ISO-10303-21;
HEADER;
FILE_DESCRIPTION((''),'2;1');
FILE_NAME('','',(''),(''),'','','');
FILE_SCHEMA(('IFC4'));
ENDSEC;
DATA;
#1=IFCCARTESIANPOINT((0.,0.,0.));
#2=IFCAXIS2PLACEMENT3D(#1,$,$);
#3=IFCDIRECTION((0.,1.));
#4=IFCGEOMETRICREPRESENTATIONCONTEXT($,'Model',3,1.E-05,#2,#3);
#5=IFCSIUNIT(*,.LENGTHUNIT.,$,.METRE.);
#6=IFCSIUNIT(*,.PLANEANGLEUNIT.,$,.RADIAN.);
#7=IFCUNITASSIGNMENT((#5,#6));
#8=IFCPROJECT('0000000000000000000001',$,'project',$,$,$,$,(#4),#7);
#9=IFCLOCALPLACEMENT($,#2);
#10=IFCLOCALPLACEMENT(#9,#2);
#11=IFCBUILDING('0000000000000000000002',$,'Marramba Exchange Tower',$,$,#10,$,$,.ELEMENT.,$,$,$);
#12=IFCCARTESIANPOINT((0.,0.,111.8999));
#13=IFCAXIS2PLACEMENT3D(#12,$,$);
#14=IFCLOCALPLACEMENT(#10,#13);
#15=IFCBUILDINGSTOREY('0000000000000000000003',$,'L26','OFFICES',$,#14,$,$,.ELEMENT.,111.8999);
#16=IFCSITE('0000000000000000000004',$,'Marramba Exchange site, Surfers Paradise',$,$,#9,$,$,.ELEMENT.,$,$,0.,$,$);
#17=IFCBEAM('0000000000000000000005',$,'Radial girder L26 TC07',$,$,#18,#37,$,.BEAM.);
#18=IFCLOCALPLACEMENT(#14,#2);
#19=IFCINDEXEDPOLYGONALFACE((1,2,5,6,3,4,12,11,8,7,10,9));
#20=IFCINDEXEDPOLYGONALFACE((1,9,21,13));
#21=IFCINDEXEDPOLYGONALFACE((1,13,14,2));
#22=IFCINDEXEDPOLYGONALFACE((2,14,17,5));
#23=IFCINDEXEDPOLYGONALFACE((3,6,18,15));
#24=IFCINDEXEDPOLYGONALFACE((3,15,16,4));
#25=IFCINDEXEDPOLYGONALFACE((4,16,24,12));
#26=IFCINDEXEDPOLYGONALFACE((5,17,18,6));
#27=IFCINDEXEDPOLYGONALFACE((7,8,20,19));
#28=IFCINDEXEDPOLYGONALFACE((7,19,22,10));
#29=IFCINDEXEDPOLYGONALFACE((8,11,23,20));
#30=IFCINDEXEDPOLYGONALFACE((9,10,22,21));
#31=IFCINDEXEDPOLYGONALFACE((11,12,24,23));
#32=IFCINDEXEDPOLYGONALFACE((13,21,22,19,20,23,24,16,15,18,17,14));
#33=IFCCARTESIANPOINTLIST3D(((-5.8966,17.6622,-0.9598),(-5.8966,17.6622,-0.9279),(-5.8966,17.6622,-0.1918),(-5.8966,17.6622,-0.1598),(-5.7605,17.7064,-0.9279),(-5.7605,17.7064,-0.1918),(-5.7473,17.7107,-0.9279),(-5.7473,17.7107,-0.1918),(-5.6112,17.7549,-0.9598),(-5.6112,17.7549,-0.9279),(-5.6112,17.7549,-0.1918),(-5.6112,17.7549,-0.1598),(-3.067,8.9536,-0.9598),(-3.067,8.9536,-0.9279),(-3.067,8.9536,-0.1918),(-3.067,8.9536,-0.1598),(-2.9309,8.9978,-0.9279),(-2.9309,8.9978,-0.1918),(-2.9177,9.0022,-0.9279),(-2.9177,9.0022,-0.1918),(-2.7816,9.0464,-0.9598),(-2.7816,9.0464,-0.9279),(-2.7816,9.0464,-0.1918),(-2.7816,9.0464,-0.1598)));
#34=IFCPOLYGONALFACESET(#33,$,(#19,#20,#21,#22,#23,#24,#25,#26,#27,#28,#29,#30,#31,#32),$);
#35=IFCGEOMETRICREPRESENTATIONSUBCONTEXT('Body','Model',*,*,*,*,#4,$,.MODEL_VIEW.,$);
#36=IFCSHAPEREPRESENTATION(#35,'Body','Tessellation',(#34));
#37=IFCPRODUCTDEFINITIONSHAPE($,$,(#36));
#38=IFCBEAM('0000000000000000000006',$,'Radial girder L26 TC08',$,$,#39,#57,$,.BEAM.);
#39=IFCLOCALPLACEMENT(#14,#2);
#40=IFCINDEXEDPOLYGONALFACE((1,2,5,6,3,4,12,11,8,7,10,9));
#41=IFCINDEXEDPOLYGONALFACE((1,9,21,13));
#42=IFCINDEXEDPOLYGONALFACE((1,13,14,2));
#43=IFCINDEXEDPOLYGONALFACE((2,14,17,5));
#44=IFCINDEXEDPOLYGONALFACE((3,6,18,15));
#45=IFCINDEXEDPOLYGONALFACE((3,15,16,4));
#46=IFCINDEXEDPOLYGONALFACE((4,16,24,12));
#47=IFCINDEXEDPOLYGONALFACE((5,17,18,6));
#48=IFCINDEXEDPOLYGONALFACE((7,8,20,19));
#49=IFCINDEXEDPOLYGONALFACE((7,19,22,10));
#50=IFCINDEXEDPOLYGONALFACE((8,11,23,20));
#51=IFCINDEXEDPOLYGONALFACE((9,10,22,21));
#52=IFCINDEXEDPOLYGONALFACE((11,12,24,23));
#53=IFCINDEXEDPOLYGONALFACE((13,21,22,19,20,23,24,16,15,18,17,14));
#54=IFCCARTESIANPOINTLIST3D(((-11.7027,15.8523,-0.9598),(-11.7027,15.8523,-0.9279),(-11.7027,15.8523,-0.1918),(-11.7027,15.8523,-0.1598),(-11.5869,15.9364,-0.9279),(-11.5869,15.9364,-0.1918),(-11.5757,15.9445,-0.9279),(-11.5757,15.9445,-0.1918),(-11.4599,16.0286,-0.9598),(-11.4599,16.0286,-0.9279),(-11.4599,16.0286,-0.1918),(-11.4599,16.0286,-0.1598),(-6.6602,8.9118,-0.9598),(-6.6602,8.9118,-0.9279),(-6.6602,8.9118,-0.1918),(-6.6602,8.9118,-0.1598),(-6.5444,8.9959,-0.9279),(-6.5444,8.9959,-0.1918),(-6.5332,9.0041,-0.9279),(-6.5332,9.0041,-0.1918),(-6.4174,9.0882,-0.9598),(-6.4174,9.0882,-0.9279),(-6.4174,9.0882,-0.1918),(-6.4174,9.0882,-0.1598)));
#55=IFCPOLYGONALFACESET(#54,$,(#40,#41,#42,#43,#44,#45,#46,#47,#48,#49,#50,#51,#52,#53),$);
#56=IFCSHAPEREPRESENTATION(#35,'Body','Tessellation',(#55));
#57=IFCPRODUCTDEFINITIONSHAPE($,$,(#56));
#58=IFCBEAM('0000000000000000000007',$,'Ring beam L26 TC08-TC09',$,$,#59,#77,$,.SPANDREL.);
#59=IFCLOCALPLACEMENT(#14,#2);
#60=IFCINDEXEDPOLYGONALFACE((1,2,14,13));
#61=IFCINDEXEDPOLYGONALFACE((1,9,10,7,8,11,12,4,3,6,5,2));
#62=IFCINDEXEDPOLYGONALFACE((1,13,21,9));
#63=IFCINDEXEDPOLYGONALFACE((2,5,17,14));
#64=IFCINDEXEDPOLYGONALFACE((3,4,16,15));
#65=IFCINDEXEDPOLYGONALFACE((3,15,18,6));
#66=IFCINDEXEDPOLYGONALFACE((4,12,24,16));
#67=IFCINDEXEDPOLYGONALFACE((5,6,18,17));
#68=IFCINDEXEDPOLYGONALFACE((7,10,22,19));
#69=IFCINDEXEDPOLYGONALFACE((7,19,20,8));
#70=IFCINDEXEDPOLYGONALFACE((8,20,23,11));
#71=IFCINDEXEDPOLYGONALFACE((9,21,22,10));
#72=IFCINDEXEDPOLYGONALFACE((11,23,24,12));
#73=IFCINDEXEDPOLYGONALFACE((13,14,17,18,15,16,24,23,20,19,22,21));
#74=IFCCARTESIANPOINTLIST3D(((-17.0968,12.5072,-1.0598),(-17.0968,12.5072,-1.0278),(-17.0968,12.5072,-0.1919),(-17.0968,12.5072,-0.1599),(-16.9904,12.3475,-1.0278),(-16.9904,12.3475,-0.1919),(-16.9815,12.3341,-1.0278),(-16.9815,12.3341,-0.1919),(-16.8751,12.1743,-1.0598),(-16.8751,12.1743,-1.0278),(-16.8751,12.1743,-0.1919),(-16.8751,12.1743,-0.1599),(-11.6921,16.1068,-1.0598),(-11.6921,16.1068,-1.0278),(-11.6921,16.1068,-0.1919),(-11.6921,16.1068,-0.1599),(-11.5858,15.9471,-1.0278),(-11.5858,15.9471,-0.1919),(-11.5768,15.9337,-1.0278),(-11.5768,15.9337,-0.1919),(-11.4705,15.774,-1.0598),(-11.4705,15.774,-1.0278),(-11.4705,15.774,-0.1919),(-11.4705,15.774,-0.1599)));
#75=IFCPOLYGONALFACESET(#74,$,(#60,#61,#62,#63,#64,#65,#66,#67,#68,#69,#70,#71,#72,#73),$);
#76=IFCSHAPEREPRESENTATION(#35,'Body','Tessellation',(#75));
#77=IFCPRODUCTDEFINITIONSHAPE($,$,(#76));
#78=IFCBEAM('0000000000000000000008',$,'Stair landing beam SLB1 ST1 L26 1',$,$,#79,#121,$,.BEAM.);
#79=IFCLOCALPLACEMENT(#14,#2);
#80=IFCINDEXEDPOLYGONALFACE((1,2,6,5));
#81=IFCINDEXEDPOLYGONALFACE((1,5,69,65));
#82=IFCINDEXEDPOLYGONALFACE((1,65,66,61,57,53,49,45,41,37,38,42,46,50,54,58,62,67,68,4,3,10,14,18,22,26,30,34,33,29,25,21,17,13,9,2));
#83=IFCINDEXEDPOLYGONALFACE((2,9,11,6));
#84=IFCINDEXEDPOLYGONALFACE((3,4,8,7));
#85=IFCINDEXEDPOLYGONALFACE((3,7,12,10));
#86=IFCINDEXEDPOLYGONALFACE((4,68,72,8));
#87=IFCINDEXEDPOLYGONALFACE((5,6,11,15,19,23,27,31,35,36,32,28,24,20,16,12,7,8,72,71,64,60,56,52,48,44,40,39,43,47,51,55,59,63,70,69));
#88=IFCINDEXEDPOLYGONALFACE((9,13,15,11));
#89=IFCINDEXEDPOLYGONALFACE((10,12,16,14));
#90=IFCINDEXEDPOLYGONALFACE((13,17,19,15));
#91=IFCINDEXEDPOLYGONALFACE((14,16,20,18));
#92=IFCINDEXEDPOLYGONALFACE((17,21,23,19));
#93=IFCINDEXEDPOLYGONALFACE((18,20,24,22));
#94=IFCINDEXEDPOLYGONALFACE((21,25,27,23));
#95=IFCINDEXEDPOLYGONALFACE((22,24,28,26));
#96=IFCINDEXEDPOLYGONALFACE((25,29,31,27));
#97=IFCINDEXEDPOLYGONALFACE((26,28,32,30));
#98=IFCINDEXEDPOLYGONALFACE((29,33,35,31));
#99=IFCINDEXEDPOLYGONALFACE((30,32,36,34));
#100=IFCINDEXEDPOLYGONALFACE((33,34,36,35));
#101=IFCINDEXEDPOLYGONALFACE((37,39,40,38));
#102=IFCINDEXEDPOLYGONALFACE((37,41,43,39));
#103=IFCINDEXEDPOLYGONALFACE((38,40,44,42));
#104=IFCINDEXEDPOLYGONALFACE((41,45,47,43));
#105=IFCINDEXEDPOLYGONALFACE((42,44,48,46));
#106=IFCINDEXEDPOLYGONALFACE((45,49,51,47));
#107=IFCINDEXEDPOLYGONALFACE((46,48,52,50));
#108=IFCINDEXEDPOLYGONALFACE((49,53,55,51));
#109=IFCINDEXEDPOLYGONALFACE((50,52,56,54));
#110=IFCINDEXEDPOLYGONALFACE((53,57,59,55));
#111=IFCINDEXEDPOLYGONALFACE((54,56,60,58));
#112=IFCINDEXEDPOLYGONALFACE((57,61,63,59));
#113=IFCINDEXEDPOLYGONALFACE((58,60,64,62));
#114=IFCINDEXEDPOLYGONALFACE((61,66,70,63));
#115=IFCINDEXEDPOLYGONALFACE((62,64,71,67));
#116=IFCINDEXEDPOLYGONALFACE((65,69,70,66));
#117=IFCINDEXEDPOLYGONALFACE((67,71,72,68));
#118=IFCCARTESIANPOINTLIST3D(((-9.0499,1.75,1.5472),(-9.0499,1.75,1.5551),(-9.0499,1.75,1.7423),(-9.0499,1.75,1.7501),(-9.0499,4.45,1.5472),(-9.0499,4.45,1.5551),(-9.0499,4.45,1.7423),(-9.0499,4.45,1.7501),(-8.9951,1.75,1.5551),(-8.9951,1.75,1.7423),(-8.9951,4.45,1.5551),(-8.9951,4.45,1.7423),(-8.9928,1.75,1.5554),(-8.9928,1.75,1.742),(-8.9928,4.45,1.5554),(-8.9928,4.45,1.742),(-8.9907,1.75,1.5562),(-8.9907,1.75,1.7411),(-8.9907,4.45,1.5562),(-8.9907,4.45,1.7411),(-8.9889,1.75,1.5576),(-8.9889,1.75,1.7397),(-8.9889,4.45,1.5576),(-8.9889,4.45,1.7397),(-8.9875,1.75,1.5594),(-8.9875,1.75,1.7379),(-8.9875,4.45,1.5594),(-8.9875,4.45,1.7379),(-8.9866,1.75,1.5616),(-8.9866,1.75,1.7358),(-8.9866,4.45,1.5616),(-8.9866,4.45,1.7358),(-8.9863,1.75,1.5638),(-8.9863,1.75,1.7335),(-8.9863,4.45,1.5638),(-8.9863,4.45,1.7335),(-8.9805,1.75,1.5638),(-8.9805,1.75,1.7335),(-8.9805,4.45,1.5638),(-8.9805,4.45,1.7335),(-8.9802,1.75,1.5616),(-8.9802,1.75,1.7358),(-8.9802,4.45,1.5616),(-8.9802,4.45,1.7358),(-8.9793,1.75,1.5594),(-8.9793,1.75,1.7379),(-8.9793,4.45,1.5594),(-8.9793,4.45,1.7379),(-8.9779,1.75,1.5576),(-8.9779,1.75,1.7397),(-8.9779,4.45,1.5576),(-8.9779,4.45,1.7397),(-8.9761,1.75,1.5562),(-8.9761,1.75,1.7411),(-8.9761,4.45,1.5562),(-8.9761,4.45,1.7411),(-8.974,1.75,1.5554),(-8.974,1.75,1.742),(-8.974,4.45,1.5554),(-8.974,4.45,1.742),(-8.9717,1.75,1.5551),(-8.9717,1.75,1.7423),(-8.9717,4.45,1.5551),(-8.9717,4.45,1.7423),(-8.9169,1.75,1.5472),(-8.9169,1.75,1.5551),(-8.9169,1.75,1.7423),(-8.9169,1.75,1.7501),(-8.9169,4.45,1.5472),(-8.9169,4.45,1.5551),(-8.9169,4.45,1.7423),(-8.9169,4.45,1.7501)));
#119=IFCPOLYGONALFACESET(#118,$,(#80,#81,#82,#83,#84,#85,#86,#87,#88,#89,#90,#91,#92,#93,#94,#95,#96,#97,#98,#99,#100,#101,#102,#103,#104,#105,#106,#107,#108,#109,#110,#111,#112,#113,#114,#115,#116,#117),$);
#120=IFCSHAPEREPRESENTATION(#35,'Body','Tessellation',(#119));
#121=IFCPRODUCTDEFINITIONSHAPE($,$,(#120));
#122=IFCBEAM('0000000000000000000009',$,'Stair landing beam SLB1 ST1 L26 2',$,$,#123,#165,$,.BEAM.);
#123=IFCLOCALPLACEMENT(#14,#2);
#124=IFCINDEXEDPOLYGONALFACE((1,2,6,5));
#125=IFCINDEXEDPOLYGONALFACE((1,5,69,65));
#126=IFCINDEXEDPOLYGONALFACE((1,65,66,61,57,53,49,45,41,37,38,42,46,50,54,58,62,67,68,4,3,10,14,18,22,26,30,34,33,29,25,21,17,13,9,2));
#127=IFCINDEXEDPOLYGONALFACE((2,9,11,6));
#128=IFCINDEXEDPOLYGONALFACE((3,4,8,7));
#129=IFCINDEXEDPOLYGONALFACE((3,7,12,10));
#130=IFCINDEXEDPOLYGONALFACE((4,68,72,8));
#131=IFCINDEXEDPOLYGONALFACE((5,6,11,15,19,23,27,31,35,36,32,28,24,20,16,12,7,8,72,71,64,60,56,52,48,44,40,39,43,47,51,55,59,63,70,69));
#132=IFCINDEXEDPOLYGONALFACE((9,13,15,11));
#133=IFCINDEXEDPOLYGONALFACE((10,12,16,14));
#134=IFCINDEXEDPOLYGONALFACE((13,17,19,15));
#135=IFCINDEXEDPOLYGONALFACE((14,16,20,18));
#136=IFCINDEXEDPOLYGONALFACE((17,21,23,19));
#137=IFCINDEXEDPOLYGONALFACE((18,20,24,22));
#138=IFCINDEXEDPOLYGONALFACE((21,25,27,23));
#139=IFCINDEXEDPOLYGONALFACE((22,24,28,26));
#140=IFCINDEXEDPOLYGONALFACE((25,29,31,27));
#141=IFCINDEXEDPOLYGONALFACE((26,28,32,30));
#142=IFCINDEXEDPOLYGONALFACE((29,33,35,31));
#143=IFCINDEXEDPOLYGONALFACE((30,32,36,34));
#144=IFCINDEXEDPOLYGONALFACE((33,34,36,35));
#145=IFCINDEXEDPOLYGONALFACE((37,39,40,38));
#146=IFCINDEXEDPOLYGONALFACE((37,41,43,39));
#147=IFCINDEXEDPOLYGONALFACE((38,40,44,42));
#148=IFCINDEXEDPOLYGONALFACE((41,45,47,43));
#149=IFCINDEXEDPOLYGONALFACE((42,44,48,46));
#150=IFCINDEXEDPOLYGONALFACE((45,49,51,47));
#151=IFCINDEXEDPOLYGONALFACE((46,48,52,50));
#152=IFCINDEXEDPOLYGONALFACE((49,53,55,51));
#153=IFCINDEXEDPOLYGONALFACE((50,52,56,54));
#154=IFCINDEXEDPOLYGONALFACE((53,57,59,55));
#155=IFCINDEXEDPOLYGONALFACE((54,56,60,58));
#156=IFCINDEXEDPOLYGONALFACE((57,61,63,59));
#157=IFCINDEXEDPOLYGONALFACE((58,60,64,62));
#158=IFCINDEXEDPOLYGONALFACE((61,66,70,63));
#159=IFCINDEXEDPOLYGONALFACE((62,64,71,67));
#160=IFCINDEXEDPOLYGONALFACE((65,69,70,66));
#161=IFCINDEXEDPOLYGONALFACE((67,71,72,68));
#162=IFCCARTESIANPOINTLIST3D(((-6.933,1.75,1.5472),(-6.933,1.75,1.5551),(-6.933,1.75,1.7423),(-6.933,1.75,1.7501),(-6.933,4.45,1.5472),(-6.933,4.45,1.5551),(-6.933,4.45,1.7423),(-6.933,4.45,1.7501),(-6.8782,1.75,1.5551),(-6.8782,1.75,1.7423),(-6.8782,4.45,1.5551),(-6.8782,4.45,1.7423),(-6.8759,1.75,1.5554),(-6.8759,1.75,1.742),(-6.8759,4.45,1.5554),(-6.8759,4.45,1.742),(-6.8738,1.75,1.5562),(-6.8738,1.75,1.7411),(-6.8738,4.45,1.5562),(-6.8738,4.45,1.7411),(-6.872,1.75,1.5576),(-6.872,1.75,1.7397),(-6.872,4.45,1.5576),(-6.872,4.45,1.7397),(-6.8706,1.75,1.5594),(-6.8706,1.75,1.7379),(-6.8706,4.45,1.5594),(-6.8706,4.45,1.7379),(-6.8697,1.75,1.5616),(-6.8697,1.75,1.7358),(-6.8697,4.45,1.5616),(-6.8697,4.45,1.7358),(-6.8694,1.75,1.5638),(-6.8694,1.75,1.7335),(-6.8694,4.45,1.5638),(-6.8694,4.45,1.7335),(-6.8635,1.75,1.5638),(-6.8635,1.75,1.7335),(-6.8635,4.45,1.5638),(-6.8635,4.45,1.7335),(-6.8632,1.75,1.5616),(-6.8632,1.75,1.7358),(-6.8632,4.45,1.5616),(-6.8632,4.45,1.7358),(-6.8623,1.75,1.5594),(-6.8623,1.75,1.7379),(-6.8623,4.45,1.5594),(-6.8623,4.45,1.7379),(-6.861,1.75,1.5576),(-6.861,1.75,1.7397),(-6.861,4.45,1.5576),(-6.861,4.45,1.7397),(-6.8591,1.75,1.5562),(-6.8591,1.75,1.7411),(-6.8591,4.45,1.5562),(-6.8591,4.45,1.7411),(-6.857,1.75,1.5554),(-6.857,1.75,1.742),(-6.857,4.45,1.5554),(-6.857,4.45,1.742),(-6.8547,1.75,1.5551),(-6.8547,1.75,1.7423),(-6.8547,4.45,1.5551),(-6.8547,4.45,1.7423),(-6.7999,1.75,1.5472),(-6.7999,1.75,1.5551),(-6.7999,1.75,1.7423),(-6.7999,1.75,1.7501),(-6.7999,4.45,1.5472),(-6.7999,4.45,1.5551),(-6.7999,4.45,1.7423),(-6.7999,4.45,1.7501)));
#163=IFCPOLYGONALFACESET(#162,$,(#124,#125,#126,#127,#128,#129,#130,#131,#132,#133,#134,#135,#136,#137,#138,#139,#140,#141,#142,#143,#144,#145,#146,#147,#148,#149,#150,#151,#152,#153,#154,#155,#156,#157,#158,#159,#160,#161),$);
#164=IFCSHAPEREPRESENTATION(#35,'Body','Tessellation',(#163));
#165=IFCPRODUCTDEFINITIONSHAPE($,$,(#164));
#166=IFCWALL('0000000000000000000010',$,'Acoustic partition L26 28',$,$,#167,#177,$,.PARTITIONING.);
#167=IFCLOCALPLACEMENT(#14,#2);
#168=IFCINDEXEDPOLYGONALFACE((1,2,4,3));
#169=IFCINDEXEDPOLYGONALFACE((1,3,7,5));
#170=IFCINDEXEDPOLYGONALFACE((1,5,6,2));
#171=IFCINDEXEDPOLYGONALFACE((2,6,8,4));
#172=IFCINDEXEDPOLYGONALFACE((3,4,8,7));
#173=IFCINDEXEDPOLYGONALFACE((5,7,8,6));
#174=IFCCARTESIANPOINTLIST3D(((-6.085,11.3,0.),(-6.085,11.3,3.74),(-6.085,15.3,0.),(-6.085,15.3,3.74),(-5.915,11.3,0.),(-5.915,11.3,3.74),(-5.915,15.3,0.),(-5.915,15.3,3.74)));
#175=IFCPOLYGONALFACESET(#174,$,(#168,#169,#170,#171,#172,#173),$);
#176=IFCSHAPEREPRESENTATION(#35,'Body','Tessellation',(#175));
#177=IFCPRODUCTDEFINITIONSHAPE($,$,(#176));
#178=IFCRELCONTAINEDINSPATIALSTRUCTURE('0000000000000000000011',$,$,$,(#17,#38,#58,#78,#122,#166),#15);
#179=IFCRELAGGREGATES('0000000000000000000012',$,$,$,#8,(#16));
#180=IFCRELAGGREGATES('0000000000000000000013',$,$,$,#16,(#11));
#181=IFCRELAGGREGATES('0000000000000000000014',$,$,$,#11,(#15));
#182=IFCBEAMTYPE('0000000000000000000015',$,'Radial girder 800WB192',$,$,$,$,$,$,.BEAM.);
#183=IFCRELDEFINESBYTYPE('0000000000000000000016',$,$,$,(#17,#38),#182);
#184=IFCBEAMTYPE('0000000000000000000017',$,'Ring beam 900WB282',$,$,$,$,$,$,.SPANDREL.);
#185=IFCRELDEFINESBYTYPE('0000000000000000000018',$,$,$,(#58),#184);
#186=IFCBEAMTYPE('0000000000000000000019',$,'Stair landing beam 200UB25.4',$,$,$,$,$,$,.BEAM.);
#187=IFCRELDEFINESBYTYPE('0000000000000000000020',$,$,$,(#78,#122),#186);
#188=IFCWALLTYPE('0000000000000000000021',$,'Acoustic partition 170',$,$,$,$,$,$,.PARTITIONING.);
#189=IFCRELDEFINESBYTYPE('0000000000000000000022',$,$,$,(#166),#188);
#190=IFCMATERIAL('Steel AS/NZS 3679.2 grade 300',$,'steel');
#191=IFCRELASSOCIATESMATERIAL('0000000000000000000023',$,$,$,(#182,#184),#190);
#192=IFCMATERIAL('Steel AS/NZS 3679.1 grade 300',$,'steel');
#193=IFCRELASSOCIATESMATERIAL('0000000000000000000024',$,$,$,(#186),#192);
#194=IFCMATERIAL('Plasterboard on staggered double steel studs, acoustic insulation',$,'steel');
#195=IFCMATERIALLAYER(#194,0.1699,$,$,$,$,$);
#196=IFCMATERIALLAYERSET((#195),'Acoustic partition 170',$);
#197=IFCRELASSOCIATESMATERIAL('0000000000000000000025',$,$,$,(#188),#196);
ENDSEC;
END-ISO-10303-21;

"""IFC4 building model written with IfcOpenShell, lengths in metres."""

from ifc_helpers import new_model, si_unit, direction, frame, frame_2d, origin, origin_2d, place, context, subcontext, project, spatial, rectangle, i_section, extrude, material, layer, layer_set, material_profile, profile_set, type_object, element, save


model = new_model("IFC4")

# Units and contexts
model_context = context("Model", 3, precision=1e-05, world=origin(), true_north=direction((0.0, 1.0)))
body_context = subcontext(model_context, "Body", "Model", "MODEL_VIEW")
ifc_project = project(units=[si_unit("LENGTHUNIT", "METRE"), si_unit("PLANEANGLEUNIT", "RADIAN")], contexts=[model_context])

# Site, building, storey
site_placement = place(None, origin())
site = spatial("IfcSite", under=ifc_project, at=site_placement, Name="Marramba Exchange site, Surfers Paradise", CompositionType="ELEMENT", RefElevation=0.0)
building_placement = place(site_placement, origin())
building = spatial("IfcBuilding", under=site, at=building_placement, Name="Marramba Exchange Tower", CompositionType="ELEMENT")
storey_placement = place(building_placement, frame((0.0, 0.0, 111.8999)))
storey = spatial("IfcBuildingStorey", under=building, at=storey_placement, Name="L26", Description="OFFICES", CompositionType="ELEMENT", Elevation=111.8999)

# Beams
ifc_material_1 = material(Name="Steel AS/NZS 3679.1 grade 300", Category="steel")
ifc_material_2 = material(Name="Steel AS/NZS 3679.2 grade 300", Category="steel")
ifc_material_profile_1 = material_profile(ifc_material_2, i_section(OverallWidth=0.3, OverallDepth=0.8, WebThickness=0.0139, FlangeThickness=0.032, at=origin_2d()), Name="800WB192")
ifc_profile_set_1 = profile_set([ifc_material_profile_1], Name="Steel AS/NZS 3679.2 grade 300")
beam_type_1 = type_object("IfcBeamType", Name="Radial girder 800WB192", PredefinedType="BEAM", material=ifc_profile_set_1)
beam_1_placement = place(storey_placement, frame((-2.9243, 9.0, -0.5598), z_axis=(-0.30902, 0.951056, 0.0), x_axis=(-0.951056, -0.30902, 0.0)))
element("IfcBeam", 1, at=beam_1_placement, inside=storey, type_object=beam_type_1, Name="Radial girder L26 TC07", PredefinedType="BEAM", context=body_context, shape_type="SweptSolid", body=[
    extrude(i_section(OverallWidth=0.3, OverallDepth=0.8, WebThickness=0.0139, FlangeThickness=0.032, at=origin_2d()), origin(), (0.0, 0.0, 1.0), 9.1567),
])
beam_2_placement = place(storey_placement, frame((-6.5388, 9.0, -0.5598), z_axis=(-0.587782, 0.809019, 0.0), x_axis=(-0.809019, -0.587782, 0.0)))
element("IfcBeam", 2, at=beam_2_placement, inside=storey, type_object=beam_type_1, Name="Radial girder L26 TC08", PredefinedType="BEAM", context=body_context, shape_type="SweptSolid", body=[
    extrude(i_section(OverallWidth=0.3, OverallDepth=0.8, WebThickness=0.0139, FlangeThickness=0.032, at=origin_2d()), origin(), (0.0, 0.0, 1.0), 8.5789),
])
ifc_material_profile_2 = material_profile(ifc_material_2, i_section(OverallWidth=0.3999, OverallDepth=0.8999, WebThickness=0.0161, FlangeThickness=0.032, at=origin_2d()), Name="900WB282")
ifc_profile_set_2 = profile_set([ifc_material_profile_2], Name="Steel AS/NZS 3679.2 grade 300")
beam_type_2 = type_object("IfcBeamType", Name="Ring beam 900WB282", PredefinedType="SPANDREL", material=ifc_profile_set_2)
beam_3_placement = place(storey_placement, frame((-11.5813, 15.9404, -0.6099), z_axis=(-0.832293, -0.554336, 0.0), x_axis=(0.554336, -0.832293, 0.0)))
element("IfcBeam", 3, at=beam_3_placement, inside=storey, type_object=beam_type_2, Name="Ring beam L26 TC08-TC09", PredefinedType="SPANDREL", context=body_context, shape_type="SweptSolid", body=[
    extrude(i_section(OverallWidth=0.3999, OverallDepth=0.8999, WebThickness=0.0161, FlangeThickness=0.032, at=origin_2d()), origin(), (0.0, 0.0, 1.0), 6.4937),
])
ifc_material_profile_3 = material_profile(ifc_material_1, i_section(OverallWidth=0.1331, OverallDepth=0.2029, WebThickness=0.0059, FlangeThickness=0.0078, FilletRadius=0.0088, at=origin_2d()), Name="200UB25.4")
ifc_profile_set_3 = profile_set([ifc_material_profile_3], Name="Steel AS/NZS 3679.1 grade 300")
beam_type_3 = type_object("IfcBeamType", Name="Stair landing beam 200UB25.4", PredefinedType="BEAM", material=ifc_profile_set_3)
for number, where, z_axis, x_axis, name in (
    (4, (-8.9834, 1.75, 1.6487), (0.0, 1.0, 0.0), (-1.0, 0.0, 0.0), "Stair landing beam SLB1 ST1 L26 1"),
    (5, (-6.8665, 1.75, 1.6487), (0.0, 1.0, 0.0), (-1.0, 0.0, 0.0), "Stair landing beam SLB1 ST1 L26 2"),
):
    element("IfcBeam", number, at=place(storey_placement, frame(where, z_axis=z_axis, x_axis=x_axis)), inside=storey, type_object=beam_type_3, Name=name, PredefinedType="BEAM", context=body_context, shape_type="SweptSolid", body=[
        extrude(i_section(OverallWidth=0.1331, OverallDepth=0.2029, WebThickness=0.0059, FlangeThickness=0.0078, FilletRadius=0.0088, at=origin_2d()), origin(), (0.0, 0.0, 1.0), 2.7),
    ])

# Wall
ifc_material_3 = material(Name="Plasterboard on staggered double steel studs, acoustic insulation", Category="steel")
ifc_layer_1 = layer(ifc_material_3, 0.1699)
ifc_layer_set_1 = layer_set([ifc_layer_1], Name="Acoustic partition 170")
wall_type_1 = type_object("IfcWallType", Name="Acoustic partition 170", PredefinedType="PARTITIONING", material=ifc_layer_set_1)
wall_1_placement = place(storey_placement, frame((-6.0, 11.3, 0.0), z_axis=(0.0, 0.0, 1.0), x_axis=(0.0, 1.0, 0.0)))
element("IfcWall", 6, at=wall_1_placement, inside=storey, type_object=wall_type_1, Name="Acoustic partition L26 28", PredefinedType="PARTITIONING", context=body_context, shape_type="SweptSolid", body=[
    extrude(rectangle(XDim=4.0, YDim=0.1699, at=frame_2d((2.0, 0.0))), origin(), (0.0, 0.0, 1.0), 3.74),
])

save(model, "model.ifc")
